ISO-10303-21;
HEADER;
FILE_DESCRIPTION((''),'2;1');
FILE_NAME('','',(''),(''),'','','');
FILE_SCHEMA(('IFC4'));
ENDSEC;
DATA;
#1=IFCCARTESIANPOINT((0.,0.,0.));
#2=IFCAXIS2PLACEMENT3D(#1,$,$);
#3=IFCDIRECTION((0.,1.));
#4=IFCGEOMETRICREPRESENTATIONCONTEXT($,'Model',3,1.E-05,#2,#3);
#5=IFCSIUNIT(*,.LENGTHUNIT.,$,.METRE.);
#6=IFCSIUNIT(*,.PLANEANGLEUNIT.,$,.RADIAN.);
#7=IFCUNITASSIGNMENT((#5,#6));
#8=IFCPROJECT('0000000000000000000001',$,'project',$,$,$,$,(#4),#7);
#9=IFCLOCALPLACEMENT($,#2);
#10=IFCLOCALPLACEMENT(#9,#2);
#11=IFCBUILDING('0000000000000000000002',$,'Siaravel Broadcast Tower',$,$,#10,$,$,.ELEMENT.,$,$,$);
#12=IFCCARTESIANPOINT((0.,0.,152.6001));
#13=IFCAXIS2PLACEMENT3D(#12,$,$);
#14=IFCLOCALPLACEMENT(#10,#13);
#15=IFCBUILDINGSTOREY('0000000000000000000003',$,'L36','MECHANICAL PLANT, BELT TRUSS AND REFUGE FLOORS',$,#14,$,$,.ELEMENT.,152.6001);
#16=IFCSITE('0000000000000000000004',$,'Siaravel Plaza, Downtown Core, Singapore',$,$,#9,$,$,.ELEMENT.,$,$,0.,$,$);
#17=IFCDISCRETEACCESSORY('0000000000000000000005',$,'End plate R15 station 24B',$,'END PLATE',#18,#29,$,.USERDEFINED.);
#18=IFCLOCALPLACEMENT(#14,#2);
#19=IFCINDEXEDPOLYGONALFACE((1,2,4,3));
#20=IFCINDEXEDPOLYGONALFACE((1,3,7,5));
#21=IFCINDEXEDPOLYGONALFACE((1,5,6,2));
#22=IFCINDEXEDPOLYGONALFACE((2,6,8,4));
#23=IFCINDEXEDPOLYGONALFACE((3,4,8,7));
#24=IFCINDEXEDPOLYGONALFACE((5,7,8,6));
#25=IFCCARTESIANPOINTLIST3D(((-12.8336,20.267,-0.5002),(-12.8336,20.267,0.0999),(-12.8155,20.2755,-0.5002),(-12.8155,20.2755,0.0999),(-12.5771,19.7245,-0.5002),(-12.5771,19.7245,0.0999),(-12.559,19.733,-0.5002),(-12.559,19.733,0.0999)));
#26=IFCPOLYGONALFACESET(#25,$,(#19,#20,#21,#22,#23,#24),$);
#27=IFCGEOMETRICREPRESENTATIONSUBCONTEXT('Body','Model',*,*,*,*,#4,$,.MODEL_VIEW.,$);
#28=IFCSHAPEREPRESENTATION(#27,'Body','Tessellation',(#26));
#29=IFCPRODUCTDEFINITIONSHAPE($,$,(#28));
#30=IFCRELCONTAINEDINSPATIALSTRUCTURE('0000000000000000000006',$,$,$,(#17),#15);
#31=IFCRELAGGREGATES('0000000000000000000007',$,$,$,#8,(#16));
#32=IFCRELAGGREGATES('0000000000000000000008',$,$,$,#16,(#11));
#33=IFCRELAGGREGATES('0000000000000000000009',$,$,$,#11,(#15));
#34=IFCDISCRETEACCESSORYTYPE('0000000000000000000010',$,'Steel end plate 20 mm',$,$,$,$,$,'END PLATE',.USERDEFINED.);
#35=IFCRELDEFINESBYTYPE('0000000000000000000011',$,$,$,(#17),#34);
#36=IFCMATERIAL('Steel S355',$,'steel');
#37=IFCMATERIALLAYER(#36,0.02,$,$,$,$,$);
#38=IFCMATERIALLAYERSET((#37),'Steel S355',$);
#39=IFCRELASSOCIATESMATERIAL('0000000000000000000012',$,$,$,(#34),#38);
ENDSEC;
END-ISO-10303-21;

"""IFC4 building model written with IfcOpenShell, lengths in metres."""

from ifc_helpers import new_model, si_unit, direction, frame, origin, origin_2d, place, context, subcontext, project, spatial, rectangle, extrude, material, layer, layer_set, type_object, element, save


model = new_model("IFC4")

# Units and contexts
model_context = context("Model", 3, precision=1e-05, world=origin(), true_north=direction((0.0, 1.0)))
body_context = subcontext(model_context, "Body", "Model", "MODEL_VIEW")
ifc_project = project(units=[si_unit("LENGTHUNIT", "METRE"), si_unit("PLANEANGLEUNIT", "RADIAN")], contexts=[model_context])

# Site, building, storey
site_placement = place(None, origin())
site = spatial("IfcSite", under=ifc_project, at=site_placement, Name="Siaravel Plaza, Downtown Core, Singapore", CompositionType="ELEMENT", RefElevation=0.0)
building_placement = place(site_placement, origin())
building = spatial("IfcBuilding", under=site, at=building_placement, Name="Siaravel Broadcast Tower", CompositionType="ELEMENT")
storey_placement = place(building_placement, frame((0.0, 0.0, 152.6001)))
storey = spatial("IfcBuildingStorey", under=building, at=storey_placement, Name="L36", Description="MECHANICAL PLANT, BELT TRUSS AND REFUGE FLOORS", CompositionType="ELEMENT", Elevation=152.6001)

# Shared definitions
ifc_material_1 = material(Name="Steel S355", Category="steel")

# Discrete accessory
ifc_layer_1 = layer(ifc_material_1, 0.02)
ifc_layer_set_1 = layer_set([ifc_layer_1], Name="Steel S355")
discrete_accessory_type = type_object("IfcDiscreteAccessoryType", Name="Steel end plate 20 mm", ElementType="END PLATE", PredefinedType="USERDEFINED", material=ifc_layer_set_1)
for number, where, z_axis, x_axis, name in (
    (1, (-12.6963, 20.0, -0.5002), (0.0, 0.0, 1.0), (-0.904006, -0.427519, 0.0), "End plate R15 station 24B"),
):
    element("IfcDiscreteAccessory", number, at=place(storey_placement, frame(where, z_axis=z_axis, x_axis=x_axis)), inside=storey, type_object=discrete_accessory_type, Name=name, ObjectType="END PLATE", PredefinedType="USERDEFINED", context=body_context, shape_type="SweptSolid", body=[
        extrude(rectangle(XDim=0.02, YDim=0.6001, at=origin_2d()), origin(), (0.0, 0.0, 1.0), 0.6001),
    ])

save(model, "model.ifc")
